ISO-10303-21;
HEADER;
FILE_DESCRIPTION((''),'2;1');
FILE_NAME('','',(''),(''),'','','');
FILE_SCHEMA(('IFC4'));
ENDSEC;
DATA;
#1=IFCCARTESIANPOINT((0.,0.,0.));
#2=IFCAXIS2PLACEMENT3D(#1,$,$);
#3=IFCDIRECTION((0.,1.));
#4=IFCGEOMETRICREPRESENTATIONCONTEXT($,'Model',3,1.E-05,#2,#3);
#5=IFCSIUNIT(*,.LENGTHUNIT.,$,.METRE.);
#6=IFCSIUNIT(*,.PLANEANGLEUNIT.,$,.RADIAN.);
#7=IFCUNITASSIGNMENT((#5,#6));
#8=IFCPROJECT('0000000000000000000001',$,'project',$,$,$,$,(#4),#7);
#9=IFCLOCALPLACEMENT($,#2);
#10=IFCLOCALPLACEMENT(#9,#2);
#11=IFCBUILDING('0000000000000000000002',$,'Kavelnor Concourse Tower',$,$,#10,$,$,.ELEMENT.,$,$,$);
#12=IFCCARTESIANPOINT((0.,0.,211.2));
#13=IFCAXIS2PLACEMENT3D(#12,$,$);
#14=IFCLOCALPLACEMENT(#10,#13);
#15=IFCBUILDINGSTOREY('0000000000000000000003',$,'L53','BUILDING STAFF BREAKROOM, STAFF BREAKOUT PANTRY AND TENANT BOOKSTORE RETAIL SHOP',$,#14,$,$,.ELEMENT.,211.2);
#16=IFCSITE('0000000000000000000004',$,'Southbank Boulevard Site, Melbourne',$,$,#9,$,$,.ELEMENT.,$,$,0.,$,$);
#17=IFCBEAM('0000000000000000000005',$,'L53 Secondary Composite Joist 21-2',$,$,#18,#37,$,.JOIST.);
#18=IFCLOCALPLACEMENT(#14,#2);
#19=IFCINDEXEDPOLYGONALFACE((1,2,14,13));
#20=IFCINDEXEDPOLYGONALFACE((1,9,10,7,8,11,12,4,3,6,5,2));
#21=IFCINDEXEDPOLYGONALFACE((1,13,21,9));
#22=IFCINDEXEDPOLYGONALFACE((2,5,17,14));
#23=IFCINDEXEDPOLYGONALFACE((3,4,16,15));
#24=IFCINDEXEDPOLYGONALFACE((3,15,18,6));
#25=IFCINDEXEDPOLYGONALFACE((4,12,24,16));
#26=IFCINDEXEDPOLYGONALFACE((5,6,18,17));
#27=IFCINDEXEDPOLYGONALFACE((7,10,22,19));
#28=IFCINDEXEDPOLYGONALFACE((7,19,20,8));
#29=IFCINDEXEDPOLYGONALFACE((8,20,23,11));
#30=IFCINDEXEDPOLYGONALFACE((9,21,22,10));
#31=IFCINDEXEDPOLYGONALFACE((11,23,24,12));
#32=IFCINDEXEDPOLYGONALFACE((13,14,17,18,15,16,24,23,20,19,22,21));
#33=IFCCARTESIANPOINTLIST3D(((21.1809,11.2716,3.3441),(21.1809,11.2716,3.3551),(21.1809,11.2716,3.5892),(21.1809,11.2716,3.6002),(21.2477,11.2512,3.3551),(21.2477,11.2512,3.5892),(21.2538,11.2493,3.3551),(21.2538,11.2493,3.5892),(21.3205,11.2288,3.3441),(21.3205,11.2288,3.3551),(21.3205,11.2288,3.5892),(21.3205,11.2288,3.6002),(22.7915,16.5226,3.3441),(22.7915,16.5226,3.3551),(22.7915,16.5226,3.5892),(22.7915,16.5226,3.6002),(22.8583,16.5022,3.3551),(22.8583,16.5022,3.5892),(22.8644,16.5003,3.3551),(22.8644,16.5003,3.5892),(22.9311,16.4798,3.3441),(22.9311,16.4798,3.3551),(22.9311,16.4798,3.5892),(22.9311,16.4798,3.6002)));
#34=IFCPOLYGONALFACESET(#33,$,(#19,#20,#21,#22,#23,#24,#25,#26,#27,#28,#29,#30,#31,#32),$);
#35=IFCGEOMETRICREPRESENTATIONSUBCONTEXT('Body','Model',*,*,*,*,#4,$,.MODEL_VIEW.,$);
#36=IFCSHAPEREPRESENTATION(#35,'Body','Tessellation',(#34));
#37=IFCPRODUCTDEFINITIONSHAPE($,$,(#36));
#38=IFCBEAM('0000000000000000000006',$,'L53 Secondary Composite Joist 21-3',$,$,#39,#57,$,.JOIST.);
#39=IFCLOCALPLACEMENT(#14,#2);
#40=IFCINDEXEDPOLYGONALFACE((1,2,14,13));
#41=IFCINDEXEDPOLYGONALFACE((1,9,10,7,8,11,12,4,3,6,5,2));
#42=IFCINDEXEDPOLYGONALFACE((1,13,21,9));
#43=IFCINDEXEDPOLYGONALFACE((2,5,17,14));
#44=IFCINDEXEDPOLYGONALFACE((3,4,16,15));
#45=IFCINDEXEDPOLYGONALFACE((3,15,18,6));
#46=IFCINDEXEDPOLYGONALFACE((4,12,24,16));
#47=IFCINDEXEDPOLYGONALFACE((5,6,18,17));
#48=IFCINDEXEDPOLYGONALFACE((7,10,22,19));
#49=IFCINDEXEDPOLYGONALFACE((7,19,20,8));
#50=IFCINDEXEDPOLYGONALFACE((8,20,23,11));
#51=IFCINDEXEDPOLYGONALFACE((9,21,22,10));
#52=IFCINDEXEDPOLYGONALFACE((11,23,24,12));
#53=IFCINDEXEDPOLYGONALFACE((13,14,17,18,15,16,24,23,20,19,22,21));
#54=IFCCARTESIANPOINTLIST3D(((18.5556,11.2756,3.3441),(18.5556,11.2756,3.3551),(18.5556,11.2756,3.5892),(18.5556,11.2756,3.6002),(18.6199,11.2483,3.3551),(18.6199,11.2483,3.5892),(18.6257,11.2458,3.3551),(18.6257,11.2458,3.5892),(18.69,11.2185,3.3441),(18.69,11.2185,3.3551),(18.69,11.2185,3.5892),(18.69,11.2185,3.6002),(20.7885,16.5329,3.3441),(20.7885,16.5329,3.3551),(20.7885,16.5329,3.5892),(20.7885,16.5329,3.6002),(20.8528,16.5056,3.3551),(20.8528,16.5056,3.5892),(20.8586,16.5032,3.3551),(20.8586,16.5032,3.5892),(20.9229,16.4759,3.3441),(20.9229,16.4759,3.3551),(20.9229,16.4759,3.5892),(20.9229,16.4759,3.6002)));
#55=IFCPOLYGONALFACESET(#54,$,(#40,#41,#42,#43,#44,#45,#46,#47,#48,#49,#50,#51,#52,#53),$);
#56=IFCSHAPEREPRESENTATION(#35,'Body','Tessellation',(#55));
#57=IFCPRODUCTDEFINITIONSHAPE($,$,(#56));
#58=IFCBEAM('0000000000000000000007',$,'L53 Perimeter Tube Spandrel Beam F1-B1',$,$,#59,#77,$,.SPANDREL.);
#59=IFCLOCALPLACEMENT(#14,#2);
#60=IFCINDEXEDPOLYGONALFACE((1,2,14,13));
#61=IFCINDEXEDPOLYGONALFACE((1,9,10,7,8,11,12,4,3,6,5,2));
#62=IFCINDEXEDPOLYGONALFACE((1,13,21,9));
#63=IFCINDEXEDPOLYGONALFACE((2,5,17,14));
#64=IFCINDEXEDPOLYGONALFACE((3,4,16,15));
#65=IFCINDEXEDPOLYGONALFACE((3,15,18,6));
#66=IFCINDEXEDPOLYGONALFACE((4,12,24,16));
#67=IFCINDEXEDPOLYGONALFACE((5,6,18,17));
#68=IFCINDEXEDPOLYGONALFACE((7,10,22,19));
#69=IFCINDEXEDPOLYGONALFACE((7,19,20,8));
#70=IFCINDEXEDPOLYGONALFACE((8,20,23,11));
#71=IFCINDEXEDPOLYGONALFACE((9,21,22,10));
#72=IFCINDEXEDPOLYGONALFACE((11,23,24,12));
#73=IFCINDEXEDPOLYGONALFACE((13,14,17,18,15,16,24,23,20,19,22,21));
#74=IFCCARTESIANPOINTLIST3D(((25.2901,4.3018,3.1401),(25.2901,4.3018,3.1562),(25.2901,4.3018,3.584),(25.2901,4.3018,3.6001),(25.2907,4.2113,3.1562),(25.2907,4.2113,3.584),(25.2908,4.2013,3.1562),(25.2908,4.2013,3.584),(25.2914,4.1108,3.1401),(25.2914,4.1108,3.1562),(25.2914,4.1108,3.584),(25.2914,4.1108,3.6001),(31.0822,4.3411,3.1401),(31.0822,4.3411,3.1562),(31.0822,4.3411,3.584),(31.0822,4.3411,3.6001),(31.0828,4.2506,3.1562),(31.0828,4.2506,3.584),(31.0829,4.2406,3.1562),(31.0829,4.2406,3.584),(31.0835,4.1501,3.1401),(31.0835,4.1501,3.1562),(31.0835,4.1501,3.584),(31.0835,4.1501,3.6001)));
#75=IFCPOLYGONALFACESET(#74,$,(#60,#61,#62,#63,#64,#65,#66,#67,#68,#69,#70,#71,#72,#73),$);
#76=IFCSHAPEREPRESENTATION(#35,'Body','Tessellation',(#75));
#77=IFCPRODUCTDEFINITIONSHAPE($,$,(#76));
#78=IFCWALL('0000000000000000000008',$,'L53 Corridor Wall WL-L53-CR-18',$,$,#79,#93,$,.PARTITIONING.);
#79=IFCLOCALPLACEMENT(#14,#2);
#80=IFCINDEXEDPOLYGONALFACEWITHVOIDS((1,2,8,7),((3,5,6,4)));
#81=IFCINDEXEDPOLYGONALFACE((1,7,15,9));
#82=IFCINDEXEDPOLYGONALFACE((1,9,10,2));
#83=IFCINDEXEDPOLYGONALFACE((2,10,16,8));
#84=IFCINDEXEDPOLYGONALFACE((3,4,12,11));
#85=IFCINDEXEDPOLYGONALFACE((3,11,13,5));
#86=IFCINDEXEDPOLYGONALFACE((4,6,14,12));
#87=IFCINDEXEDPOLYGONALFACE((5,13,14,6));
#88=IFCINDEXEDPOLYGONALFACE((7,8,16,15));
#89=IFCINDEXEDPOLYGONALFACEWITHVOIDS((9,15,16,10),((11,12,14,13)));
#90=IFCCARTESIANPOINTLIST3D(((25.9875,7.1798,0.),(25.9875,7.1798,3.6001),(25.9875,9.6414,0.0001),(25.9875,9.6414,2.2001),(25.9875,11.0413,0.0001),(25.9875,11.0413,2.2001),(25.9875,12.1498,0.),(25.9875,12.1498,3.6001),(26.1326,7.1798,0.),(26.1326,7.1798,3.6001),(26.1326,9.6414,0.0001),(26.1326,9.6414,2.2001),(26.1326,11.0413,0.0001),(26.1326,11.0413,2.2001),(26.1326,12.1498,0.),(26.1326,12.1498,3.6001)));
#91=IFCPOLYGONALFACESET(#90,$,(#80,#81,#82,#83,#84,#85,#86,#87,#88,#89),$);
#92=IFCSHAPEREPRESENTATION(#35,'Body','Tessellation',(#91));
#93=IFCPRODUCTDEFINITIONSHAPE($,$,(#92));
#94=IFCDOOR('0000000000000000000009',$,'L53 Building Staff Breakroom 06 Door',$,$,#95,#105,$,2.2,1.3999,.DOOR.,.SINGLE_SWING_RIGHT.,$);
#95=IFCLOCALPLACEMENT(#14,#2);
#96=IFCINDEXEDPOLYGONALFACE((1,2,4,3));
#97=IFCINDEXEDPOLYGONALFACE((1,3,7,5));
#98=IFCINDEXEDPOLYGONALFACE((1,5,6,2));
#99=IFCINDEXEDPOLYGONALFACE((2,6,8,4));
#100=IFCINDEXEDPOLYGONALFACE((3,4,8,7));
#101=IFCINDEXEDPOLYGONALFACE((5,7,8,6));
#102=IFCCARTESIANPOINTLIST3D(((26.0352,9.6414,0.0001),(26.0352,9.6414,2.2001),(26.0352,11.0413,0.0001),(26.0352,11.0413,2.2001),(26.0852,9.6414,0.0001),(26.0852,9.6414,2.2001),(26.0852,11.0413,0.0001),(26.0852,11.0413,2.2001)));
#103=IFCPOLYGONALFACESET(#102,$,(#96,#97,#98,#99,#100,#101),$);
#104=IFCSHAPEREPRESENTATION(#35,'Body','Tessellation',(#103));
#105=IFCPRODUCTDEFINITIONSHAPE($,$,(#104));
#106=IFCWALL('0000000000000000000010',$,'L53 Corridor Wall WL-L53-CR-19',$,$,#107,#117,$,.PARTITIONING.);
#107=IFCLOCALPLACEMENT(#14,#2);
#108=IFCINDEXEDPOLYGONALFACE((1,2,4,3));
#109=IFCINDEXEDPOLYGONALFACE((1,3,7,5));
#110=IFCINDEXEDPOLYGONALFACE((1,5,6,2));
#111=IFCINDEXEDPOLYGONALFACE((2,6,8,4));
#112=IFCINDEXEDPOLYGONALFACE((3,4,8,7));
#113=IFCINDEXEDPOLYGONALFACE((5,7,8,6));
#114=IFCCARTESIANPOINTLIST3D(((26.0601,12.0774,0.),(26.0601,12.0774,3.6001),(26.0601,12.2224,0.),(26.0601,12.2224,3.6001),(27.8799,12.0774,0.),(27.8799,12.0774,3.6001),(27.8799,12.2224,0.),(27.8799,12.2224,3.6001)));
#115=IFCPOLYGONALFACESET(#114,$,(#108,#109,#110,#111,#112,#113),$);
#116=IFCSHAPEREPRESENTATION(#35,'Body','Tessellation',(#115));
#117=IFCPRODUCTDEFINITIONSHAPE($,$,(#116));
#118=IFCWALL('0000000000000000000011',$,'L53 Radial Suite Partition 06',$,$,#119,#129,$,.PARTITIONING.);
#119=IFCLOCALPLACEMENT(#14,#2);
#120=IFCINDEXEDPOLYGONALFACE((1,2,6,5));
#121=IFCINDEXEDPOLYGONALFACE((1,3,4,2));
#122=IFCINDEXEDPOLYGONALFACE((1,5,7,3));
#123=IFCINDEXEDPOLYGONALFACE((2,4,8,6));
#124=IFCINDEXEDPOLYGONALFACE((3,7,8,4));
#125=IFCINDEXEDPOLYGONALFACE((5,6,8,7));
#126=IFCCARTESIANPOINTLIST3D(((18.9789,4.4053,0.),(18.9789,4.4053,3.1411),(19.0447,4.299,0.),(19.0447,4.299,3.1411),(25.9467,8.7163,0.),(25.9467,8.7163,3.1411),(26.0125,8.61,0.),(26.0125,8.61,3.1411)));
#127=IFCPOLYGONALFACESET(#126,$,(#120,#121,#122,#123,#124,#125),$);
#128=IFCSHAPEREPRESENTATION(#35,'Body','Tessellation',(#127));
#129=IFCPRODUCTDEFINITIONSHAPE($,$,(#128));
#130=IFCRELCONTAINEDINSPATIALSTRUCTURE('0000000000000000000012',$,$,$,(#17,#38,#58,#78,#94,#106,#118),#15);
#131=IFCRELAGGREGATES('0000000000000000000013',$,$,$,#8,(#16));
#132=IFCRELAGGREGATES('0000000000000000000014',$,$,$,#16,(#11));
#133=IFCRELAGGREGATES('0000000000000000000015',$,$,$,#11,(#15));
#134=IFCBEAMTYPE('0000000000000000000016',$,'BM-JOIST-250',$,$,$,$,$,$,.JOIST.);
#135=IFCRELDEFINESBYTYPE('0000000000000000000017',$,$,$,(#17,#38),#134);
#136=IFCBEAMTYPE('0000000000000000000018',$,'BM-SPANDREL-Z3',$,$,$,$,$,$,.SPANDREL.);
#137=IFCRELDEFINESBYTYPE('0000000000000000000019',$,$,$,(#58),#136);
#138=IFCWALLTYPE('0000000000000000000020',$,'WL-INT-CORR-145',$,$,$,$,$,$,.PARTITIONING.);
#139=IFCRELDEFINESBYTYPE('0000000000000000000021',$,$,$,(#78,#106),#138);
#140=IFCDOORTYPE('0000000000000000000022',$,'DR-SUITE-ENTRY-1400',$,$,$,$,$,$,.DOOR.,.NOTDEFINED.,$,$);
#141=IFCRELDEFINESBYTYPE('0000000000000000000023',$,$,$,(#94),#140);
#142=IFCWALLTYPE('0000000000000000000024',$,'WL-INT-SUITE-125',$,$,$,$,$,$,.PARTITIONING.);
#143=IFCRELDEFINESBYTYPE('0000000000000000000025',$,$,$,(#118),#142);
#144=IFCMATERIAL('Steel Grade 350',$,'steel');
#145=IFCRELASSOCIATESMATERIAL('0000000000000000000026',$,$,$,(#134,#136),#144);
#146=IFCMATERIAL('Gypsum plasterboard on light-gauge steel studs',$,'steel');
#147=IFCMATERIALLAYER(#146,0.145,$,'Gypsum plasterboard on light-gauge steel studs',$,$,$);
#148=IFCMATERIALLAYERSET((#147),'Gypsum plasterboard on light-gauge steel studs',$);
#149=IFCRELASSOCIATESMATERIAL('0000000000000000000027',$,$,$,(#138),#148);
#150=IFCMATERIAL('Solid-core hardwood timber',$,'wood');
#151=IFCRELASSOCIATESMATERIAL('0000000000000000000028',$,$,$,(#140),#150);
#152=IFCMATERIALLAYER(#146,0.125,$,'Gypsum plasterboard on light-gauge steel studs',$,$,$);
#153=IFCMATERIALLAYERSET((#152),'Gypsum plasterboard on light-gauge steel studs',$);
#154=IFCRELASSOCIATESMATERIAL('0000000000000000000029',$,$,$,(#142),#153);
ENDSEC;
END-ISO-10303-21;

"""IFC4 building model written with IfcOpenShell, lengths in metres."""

from ifc_helpers import new_model, si_unit, direction, frame, frame_2d, origin, origin_2d, place, context, subcontext, project, spatial, rectangle, i_section, extrude, material, layer, layer_set, material_profile, profile_set, type_object, element, fill, save


model = new_model("IFC4")

# Units and contexts
model_context = context("Model", 3, precision=1e-05, world=origin(), true_north=direction((0.0, 1.0)))
body_context = subcontext(model_context, "Body", "Model", "MODEL_VIEW")
ifc_project = project(units=[si_unit("LENGTHUNIT", "METRE"), si_unit("PLANEANGLEUNIT", "RADIAN")], contexts=[model_context])

# Site, building, storey
site_placement = place(None, origin())
site = spatial("IfcSite", under=ifc_project, at=site_placement, Name="Southbank Boulevard Site, Melbourne", CompositionType="ELEMENT", RefElevation=0.0)
building_placement = place(site_placement, origin())
building = spatial("IfcBuilding", under=site, at=building_placement, Name="Kavelnor Concourse Tower", CompositionType="ELEMENT")
storey_placement = place(building_placement, frame((0.0, 0.0, 211.2)))
storey = spatial("IfcBuildingStorey", under=building, at=storey_placement, Name="L53", Description="BUILDING STAFF BREAKROOM, STAFF BREAKOUT PANTRY AND TENANT BOOKSTORE RETAIL SHOP", CompositionType="ELEMENT", Elevation=211.2)

# Shared definitions
ifc_material_1 = material(Name="Steel Grade 350", Category="steel")

# Beams
ifc_material_profile_1 = material_profile(ifc_material_1, i_section(OverallWidth=0.146, OverallDepth=0.2561, WebThickness=0.0063, FlangeThickness=0.011, at=origin_2d()), Name="250UB37")
ifc_profile_set_1 = profile_set([ifc_material_profile_1], Name="Steel Grade 350")
beam_type_1 = type_object("IfcBeamType", Name="BM-JOIST-250", PredefinedType="JOIST", material=ifc_profile_set_1)
beam_1_placement = place(storey_placement, frame((22.8613, 16.5012, 3.4722), z_axis=(-0.293239, -0.956039, 0.0), x_axis=(0.956039, -0.293239, 0.0)))
element("IfcBeam", 1, at=beam_1_placement, inside=storey, type_object=beam_type_1, Name="L53 Secondary Composite Joist 21-2", PredefinedType="JOIST", context=body_context, shape_type="SweptSolid", body=[
    extrude(i_section(OverallWidth=0.146, OverallDepth=0.2561, WebThickness=0.0063, FlangeThickness=0.011, at=origin_2d()), origin(), (0.0, 0.0, 1.0), 5.4924),
])
beam_2_placement = place(storey_placement, frame((20.8557, 16.5044, 3.4722), z_axis=(-0.390925, -0.920422, 0.0), x_axis=(0.920422, -0.390925, 0.0)))
element("IfcBeam", 2, at=beam_2_placement, inside=storey, type_object=beam_type_1, Name="L53 Secondary Composite Joist 21-3", PredefinedType="JOIST", context=body_context, shape_type="SweptSolid", body=[
    extrude(i_section(OverallWidth=0.146, OverallDepth=0.2561, WebThickness=0.0063, FlangeThickness=0.011, at=origin_2d()), origin(), (0.0, 0.0, 1.0), 5.7119),
])
ifc_material_profile_2 = material_profile(ifc_material_1, i_section(OverallWidth=0.1909, OverallDepth=0.46, WebThickness=0.01, FlangeThickness=0.0161, at=origin_2d()), Name="460UB82")
ifc_profile_set_2 = profile_set([ifc_material_profile_2], Name="Steel Grade 350")
beam_type_2 = type_object("IfcBeamType", Name="BM-SPANDREL-Z3", PredefinedType="SPANDREL", material=ifc_profile_set_2)
beam_3_placement = place(storey_placement, frame((25.2908, 4.2063, 3.3701), z_axis=(0.999977, 0.006786, 0.0), x_axis=(-0.006786, 0.999977, 0.0)))
element("IfcBeam", 3, at=beam_3_placement, inside=storey, type_object=beam_type_2, Name="L53 Perimeter Tube Spandrel Beam F1-B1", PredefinedType="SPANDREL", context=body_context, shape_type="SweptSolid", body=[
    extrude(i_section(OverallWidth=0.1909, OverallDepth=0.46, WebThickness=0.01, FlangeThickness=0.0161, at=origin_2d()), origin(), (0.0, 0.0, 1.0), 5.7922),
])

# Wall, opening, door
ifc_material_2 = material(Name="Gypsum plasterboard on light-gauge steel studs", Category="steel")
ifc_layer_1 = layer(ifc_material_2, 0.145, Name="Gypsum plasterboard on light-gauge steel studs")
ifc_layer_set_1 = layer_set([ifc_layer_1], Name="Gypsum plasterboard on light-gauge steel studs")
wall_type_1 = type_object("IfcWallType", Name="WL-INT-CORR-145", PredefinedType="PARTITIONING", material=ifc_layer_set_1)
wall_1_placement = place(storey_placement, frame((26.0601, 7.1799, 0.0), z_axis=(0.0, 0.0, 1.0), x_axis=(0.0, 1.0, 0.0)))
wall_1 = element("IfcWall", 4, at=wall_1_placement, inside=storey, type_object=wall_type_1, Name="L53 Corridor Wall WL-L53-CR-18", PredefinedType="PARTITIONING", context=body_context, shape_type="SweptSolid", body=[
    extrude(rectangle(XDim=4.97, YDim=0.145, at=frame_2d((2.4849, 0.0))), origin(), (0.0, 0.0, 1.0), 3.6001),
])
opening_placement = place(wall_1_placement, frame((2.4614, 0.0, 0.0)))
opening = element("IfcOpeningElement", 5, at=opening_placement, cuts=wall_1, PredefinedType="OPENING", context=body_context, shape_type="SweptSolid", body=[
    extrude(rectangle(XDim=1.3999, YDim=2.2, at=frame_2d((0.7, 1.1001))), frame((0.0, 0.0825, 0.0), z_axis=(0.0, -1.0, 0.0), x_axis=(1.0, 0.0, 0.0)), (0.0, 0.0, 1.0), 0.165),
])
ifc_material_3 = material(Name="Solid-core hardwood timber", Category="wood")
door_type = type_object("IfcDoorType", Name="DR-SUITE-ENTRY-1400", OperationType="NOTDEFINED", PredefinedType="DOOR", material=ifc_material_3)
door_placement = place(opening_placement, origin())
door = element("IfcDoor", 6, at=door_placement, inside=storey, type_object=door_type, Name="L53 Building Staff Breakroom 06 Door", OperationType="SINGLE_SWING_RIGHT", OverallHeight=2.2, OverallWidth=1.3999, PredefinedType="DOOR", context=body_context, shape_type="SweptSolid", body=[
    extrude(rectangle(XDim=1.3999, YDim=2.2, at=frame_2d((0.7, 1.1001))), frame((0.0, 0.0249, 0.0), z_axis=(0.0, -1.0, 0.0), x_axis=(1.0, 0.0, 0.0)), (0.0, 0.0, 1.0), 0.05),
])
fill(opening, door)

# Walls
wall_2_placement = place(storey_placement, frame((26.0601, 12.1499, 0.0), z_axis=(0.0, 0.0, 1.0), x_axis=(1.0, 0.0, 0.0)))
element("IfcWall", 7, at=wall_2_placement, inside=storey, type_object=wall_type_1, Name="L53 Corridor Wall WL-L53-CR-19", PredefinedType="PARTITIONING", context=body_context, shape_type="SweptSolid", body=[
    extrude(rectangle(XDim=1.8198, YDim=0.145, at=frame_2d((0.9099, 0.0))), origin(), (0.0, 0.0, 1.0), 3.6001),
])
ifc_layer_2 = layer(ifc_material_2, 0.125, Name="Gypsum plasterboard on light-gauge steel studs")
ifc_layer_set_2 = layer_set([ifc_layer_2], Name="Gypsum plasterboard on light-gauge steel studs")
wall_type_2 = type_object("IfcWallType", Name="WL-INT-SUITE-125", PredefinedType="PARTITIONING", material=ifc_layer_set_2)
wall_3_placement = place(storey_placement, frame((25.9795, 8.6631, 0.0), z_axis=(0.0, 0.0, 1.0), x_axis=(-0.850393, -0.526147, 0.0)))
element("IfcWall", 8, at=wall_3_placement, inside=storey, type_object=wall_type_2, Name="L53 Radial Suite Partition 06", PredefinedType="PARTITIONING", context=body_context, shape_type="SweptSolid", body=[
    extrude(rectangle(XDim=8.1936, YDim=0.125, at=frame_2d((4.0967, 0.0))), origin(), (0.0, 0.0, 1.0), 3.1411),
])

save(model, "model.ifc")
